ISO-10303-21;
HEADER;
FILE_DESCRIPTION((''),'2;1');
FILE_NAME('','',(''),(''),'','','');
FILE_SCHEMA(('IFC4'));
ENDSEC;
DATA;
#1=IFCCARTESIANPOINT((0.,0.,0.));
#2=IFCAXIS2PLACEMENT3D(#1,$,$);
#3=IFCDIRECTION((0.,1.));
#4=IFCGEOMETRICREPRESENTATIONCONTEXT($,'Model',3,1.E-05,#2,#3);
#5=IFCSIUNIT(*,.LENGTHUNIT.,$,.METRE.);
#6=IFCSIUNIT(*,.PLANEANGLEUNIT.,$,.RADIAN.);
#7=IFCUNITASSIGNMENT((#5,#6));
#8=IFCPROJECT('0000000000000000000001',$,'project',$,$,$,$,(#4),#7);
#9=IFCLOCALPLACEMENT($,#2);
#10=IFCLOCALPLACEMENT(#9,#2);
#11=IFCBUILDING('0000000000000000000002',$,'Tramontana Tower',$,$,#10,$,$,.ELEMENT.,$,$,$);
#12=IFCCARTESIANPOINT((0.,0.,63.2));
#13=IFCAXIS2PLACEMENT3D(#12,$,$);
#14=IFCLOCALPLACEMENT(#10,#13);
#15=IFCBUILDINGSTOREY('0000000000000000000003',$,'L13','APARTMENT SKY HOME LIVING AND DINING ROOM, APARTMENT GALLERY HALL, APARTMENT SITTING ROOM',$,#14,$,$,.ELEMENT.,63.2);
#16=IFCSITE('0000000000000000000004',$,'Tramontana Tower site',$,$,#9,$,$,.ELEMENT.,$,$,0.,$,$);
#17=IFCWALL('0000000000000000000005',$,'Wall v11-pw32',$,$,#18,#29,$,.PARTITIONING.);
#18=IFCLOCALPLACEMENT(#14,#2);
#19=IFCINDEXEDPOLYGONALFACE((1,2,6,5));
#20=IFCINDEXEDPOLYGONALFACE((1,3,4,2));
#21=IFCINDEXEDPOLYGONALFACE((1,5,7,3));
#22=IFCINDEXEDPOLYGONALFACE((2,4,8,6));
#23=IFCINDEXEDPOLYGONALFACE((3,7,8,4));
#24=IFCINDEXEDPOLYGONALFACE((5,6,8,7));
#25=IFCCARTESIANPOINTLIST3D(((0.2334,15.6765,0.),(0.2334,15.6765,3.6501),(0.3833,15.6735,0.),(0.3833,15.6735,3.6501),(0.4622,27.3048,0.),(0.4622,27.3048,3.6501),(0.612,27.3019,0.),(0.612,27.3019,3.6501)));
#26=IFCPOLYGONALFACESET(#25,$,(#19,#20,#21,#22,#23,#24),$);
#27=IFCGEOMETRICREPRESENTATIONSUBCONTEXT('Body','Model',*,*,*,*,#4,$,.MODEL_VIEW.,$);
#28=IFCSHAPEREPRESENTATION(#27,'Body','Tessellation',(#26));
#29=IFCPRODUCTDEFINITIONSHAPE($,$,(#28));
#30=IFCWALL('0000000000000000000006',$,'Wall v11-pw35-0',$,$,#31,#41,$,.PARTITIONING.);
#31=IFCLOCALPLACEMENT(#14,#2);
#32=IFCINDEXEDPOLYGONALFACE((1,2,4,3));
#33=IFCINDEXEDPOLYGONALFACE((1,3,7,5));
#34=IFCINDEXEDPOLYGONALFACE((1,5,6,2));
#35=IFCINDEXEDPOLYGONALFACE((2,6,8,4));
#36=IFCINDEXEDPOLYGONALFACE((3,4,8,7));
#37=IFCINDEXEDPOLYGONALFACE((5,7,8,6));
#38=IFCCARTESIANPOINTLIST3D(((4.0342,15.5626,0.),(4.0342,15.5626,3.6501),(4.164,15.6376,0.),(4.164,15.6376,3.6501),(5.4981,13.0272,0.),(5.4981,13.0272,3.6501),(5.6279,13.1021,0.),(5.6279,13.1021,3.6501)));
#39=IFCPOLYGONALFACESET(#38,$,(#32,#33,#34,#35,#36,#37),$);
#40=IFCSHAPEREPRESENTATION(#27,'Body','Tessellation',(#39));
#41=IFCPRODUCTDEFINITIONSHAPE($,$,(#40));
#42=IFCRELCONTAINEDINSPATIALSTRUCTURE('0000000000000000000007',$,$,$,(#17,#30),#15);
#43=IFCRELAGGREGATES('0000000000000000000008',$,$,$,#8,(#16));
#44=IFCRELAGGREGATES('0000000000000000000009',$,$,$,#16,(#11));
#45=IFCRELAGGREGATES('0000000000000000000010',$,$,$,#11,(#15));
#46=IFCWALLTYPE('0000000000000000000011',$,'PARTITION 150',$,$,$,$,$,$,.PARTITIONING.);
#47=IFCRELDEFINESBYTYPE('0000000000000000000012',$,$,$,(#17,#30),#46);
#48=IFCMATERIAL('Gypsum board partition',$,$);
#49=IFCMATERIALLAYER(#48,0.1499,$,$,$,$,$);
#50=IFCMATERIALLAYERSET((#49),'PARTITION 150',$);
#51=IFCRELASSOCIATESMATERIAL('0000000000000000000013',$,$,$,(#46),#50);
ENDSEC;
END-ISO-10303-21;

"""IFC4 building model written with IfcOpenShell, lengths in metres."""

from ifc_helpers import new_model, si_unit, direction, frame, frame_2d, origin, place, context, subcontext, project, spatial, rectangle, extrude, material, layer, layer_set, type_object, element, save


model = new_model("IFC4")

# Units and contexts
model_context = context("Model", 3, precision=1e-05, world=origin(), true_north=direction((0.0, 1.0)))
body_context = subcontext(model_context, "Body", "Model", "MODEL_VIEW")
ifc_project = project(units=[si_unit("LENGTHUNIT", "METRE"), si_unit("PLANEANGLEUNIT", "RADIAN")], contexts=[model_context])

# Site, building, storey
site_placement = place(None, origin())
site = spatial("IfcSite", under=ifc_project, at=site_placement, Name="Tramontana Tower site", CompositionType="ELEMENT", RefElevation=0.0)
building_placement = place(site_placement, origin())
building = spatial("IfcBuilding", under=site, at=building_placement, Name="Tramontana Tower", CompositionType="ELEMENT")
storey_placement = place(building_placement, frame((0.0, 0.0, 63.2)))
storey = spatial("IfcBuildingStorey", under=building, at=storey_placement, Name="L13", Description="APARTMENT SKY HOME LIVING AND DINING ROOM, APARTMENT GALLERY HALL, APARTMENT SITTING ROOM", CompositionType="ELEMENT", Elevation=63.2)

# Shared definitions
ifc_material_1 = material(Name="Gypsum board partition")
ifc_layer_1 = layer(ifc_material_1, 0.1499)
ifc_layer_set_1 = layer_set([ifc_layer_1], Name="PARTITION 150")
wall_type_1 = type_object("IfcWallType", Name="PARTITION 150", PredefinedType="PARTITIONING", material=ifc_layer_set_1)

# Walls
wall_1_placement = place(storey_placement, frame((0.5371, 27.3035, 0.0), z_axis=(0.0, 0.0, 1.0), x_axis=(-0.019669, -0.999807, 0.0)))
element("IfcWall", 1, at=wall_1_placement, inside=storey, type_object=wall_type_1, Name="Wall v11-pw32", PredefinedType="PARTITIONING", context=body_context, shape_type="SweptSolid", body=[
    extrude(rectangle(XDim=11.6306, YDim=0.1499, at=frame_2d((5.8154, 0.0))), origin(), (0.0, 0.0, 1.0), 3.6501),
])
wall_2_placement = place(storey_placement, frame((4.0991, 15.6001, 0.0), z_axis=(0.0, 0.0, 1.0), x_axis=(0.500014, -0.866018, 0.0)))
element("IfcWall", 2, at=wall_2_placement, inside=storey, type_object=wall_type_1, Name="Wall v11-pw35-0", PredefinedType="PARTITIONING", context=body_context, shape_type="SweptSolid", body=[
    extrude(rectangle(XDim=2.9277, YDim=0.1499, at=frame_2d((1.4639, 0.0))), origin(), (0.0, 0.0, 1.0), 3.6501),
])

save(model, "model.ifc")
